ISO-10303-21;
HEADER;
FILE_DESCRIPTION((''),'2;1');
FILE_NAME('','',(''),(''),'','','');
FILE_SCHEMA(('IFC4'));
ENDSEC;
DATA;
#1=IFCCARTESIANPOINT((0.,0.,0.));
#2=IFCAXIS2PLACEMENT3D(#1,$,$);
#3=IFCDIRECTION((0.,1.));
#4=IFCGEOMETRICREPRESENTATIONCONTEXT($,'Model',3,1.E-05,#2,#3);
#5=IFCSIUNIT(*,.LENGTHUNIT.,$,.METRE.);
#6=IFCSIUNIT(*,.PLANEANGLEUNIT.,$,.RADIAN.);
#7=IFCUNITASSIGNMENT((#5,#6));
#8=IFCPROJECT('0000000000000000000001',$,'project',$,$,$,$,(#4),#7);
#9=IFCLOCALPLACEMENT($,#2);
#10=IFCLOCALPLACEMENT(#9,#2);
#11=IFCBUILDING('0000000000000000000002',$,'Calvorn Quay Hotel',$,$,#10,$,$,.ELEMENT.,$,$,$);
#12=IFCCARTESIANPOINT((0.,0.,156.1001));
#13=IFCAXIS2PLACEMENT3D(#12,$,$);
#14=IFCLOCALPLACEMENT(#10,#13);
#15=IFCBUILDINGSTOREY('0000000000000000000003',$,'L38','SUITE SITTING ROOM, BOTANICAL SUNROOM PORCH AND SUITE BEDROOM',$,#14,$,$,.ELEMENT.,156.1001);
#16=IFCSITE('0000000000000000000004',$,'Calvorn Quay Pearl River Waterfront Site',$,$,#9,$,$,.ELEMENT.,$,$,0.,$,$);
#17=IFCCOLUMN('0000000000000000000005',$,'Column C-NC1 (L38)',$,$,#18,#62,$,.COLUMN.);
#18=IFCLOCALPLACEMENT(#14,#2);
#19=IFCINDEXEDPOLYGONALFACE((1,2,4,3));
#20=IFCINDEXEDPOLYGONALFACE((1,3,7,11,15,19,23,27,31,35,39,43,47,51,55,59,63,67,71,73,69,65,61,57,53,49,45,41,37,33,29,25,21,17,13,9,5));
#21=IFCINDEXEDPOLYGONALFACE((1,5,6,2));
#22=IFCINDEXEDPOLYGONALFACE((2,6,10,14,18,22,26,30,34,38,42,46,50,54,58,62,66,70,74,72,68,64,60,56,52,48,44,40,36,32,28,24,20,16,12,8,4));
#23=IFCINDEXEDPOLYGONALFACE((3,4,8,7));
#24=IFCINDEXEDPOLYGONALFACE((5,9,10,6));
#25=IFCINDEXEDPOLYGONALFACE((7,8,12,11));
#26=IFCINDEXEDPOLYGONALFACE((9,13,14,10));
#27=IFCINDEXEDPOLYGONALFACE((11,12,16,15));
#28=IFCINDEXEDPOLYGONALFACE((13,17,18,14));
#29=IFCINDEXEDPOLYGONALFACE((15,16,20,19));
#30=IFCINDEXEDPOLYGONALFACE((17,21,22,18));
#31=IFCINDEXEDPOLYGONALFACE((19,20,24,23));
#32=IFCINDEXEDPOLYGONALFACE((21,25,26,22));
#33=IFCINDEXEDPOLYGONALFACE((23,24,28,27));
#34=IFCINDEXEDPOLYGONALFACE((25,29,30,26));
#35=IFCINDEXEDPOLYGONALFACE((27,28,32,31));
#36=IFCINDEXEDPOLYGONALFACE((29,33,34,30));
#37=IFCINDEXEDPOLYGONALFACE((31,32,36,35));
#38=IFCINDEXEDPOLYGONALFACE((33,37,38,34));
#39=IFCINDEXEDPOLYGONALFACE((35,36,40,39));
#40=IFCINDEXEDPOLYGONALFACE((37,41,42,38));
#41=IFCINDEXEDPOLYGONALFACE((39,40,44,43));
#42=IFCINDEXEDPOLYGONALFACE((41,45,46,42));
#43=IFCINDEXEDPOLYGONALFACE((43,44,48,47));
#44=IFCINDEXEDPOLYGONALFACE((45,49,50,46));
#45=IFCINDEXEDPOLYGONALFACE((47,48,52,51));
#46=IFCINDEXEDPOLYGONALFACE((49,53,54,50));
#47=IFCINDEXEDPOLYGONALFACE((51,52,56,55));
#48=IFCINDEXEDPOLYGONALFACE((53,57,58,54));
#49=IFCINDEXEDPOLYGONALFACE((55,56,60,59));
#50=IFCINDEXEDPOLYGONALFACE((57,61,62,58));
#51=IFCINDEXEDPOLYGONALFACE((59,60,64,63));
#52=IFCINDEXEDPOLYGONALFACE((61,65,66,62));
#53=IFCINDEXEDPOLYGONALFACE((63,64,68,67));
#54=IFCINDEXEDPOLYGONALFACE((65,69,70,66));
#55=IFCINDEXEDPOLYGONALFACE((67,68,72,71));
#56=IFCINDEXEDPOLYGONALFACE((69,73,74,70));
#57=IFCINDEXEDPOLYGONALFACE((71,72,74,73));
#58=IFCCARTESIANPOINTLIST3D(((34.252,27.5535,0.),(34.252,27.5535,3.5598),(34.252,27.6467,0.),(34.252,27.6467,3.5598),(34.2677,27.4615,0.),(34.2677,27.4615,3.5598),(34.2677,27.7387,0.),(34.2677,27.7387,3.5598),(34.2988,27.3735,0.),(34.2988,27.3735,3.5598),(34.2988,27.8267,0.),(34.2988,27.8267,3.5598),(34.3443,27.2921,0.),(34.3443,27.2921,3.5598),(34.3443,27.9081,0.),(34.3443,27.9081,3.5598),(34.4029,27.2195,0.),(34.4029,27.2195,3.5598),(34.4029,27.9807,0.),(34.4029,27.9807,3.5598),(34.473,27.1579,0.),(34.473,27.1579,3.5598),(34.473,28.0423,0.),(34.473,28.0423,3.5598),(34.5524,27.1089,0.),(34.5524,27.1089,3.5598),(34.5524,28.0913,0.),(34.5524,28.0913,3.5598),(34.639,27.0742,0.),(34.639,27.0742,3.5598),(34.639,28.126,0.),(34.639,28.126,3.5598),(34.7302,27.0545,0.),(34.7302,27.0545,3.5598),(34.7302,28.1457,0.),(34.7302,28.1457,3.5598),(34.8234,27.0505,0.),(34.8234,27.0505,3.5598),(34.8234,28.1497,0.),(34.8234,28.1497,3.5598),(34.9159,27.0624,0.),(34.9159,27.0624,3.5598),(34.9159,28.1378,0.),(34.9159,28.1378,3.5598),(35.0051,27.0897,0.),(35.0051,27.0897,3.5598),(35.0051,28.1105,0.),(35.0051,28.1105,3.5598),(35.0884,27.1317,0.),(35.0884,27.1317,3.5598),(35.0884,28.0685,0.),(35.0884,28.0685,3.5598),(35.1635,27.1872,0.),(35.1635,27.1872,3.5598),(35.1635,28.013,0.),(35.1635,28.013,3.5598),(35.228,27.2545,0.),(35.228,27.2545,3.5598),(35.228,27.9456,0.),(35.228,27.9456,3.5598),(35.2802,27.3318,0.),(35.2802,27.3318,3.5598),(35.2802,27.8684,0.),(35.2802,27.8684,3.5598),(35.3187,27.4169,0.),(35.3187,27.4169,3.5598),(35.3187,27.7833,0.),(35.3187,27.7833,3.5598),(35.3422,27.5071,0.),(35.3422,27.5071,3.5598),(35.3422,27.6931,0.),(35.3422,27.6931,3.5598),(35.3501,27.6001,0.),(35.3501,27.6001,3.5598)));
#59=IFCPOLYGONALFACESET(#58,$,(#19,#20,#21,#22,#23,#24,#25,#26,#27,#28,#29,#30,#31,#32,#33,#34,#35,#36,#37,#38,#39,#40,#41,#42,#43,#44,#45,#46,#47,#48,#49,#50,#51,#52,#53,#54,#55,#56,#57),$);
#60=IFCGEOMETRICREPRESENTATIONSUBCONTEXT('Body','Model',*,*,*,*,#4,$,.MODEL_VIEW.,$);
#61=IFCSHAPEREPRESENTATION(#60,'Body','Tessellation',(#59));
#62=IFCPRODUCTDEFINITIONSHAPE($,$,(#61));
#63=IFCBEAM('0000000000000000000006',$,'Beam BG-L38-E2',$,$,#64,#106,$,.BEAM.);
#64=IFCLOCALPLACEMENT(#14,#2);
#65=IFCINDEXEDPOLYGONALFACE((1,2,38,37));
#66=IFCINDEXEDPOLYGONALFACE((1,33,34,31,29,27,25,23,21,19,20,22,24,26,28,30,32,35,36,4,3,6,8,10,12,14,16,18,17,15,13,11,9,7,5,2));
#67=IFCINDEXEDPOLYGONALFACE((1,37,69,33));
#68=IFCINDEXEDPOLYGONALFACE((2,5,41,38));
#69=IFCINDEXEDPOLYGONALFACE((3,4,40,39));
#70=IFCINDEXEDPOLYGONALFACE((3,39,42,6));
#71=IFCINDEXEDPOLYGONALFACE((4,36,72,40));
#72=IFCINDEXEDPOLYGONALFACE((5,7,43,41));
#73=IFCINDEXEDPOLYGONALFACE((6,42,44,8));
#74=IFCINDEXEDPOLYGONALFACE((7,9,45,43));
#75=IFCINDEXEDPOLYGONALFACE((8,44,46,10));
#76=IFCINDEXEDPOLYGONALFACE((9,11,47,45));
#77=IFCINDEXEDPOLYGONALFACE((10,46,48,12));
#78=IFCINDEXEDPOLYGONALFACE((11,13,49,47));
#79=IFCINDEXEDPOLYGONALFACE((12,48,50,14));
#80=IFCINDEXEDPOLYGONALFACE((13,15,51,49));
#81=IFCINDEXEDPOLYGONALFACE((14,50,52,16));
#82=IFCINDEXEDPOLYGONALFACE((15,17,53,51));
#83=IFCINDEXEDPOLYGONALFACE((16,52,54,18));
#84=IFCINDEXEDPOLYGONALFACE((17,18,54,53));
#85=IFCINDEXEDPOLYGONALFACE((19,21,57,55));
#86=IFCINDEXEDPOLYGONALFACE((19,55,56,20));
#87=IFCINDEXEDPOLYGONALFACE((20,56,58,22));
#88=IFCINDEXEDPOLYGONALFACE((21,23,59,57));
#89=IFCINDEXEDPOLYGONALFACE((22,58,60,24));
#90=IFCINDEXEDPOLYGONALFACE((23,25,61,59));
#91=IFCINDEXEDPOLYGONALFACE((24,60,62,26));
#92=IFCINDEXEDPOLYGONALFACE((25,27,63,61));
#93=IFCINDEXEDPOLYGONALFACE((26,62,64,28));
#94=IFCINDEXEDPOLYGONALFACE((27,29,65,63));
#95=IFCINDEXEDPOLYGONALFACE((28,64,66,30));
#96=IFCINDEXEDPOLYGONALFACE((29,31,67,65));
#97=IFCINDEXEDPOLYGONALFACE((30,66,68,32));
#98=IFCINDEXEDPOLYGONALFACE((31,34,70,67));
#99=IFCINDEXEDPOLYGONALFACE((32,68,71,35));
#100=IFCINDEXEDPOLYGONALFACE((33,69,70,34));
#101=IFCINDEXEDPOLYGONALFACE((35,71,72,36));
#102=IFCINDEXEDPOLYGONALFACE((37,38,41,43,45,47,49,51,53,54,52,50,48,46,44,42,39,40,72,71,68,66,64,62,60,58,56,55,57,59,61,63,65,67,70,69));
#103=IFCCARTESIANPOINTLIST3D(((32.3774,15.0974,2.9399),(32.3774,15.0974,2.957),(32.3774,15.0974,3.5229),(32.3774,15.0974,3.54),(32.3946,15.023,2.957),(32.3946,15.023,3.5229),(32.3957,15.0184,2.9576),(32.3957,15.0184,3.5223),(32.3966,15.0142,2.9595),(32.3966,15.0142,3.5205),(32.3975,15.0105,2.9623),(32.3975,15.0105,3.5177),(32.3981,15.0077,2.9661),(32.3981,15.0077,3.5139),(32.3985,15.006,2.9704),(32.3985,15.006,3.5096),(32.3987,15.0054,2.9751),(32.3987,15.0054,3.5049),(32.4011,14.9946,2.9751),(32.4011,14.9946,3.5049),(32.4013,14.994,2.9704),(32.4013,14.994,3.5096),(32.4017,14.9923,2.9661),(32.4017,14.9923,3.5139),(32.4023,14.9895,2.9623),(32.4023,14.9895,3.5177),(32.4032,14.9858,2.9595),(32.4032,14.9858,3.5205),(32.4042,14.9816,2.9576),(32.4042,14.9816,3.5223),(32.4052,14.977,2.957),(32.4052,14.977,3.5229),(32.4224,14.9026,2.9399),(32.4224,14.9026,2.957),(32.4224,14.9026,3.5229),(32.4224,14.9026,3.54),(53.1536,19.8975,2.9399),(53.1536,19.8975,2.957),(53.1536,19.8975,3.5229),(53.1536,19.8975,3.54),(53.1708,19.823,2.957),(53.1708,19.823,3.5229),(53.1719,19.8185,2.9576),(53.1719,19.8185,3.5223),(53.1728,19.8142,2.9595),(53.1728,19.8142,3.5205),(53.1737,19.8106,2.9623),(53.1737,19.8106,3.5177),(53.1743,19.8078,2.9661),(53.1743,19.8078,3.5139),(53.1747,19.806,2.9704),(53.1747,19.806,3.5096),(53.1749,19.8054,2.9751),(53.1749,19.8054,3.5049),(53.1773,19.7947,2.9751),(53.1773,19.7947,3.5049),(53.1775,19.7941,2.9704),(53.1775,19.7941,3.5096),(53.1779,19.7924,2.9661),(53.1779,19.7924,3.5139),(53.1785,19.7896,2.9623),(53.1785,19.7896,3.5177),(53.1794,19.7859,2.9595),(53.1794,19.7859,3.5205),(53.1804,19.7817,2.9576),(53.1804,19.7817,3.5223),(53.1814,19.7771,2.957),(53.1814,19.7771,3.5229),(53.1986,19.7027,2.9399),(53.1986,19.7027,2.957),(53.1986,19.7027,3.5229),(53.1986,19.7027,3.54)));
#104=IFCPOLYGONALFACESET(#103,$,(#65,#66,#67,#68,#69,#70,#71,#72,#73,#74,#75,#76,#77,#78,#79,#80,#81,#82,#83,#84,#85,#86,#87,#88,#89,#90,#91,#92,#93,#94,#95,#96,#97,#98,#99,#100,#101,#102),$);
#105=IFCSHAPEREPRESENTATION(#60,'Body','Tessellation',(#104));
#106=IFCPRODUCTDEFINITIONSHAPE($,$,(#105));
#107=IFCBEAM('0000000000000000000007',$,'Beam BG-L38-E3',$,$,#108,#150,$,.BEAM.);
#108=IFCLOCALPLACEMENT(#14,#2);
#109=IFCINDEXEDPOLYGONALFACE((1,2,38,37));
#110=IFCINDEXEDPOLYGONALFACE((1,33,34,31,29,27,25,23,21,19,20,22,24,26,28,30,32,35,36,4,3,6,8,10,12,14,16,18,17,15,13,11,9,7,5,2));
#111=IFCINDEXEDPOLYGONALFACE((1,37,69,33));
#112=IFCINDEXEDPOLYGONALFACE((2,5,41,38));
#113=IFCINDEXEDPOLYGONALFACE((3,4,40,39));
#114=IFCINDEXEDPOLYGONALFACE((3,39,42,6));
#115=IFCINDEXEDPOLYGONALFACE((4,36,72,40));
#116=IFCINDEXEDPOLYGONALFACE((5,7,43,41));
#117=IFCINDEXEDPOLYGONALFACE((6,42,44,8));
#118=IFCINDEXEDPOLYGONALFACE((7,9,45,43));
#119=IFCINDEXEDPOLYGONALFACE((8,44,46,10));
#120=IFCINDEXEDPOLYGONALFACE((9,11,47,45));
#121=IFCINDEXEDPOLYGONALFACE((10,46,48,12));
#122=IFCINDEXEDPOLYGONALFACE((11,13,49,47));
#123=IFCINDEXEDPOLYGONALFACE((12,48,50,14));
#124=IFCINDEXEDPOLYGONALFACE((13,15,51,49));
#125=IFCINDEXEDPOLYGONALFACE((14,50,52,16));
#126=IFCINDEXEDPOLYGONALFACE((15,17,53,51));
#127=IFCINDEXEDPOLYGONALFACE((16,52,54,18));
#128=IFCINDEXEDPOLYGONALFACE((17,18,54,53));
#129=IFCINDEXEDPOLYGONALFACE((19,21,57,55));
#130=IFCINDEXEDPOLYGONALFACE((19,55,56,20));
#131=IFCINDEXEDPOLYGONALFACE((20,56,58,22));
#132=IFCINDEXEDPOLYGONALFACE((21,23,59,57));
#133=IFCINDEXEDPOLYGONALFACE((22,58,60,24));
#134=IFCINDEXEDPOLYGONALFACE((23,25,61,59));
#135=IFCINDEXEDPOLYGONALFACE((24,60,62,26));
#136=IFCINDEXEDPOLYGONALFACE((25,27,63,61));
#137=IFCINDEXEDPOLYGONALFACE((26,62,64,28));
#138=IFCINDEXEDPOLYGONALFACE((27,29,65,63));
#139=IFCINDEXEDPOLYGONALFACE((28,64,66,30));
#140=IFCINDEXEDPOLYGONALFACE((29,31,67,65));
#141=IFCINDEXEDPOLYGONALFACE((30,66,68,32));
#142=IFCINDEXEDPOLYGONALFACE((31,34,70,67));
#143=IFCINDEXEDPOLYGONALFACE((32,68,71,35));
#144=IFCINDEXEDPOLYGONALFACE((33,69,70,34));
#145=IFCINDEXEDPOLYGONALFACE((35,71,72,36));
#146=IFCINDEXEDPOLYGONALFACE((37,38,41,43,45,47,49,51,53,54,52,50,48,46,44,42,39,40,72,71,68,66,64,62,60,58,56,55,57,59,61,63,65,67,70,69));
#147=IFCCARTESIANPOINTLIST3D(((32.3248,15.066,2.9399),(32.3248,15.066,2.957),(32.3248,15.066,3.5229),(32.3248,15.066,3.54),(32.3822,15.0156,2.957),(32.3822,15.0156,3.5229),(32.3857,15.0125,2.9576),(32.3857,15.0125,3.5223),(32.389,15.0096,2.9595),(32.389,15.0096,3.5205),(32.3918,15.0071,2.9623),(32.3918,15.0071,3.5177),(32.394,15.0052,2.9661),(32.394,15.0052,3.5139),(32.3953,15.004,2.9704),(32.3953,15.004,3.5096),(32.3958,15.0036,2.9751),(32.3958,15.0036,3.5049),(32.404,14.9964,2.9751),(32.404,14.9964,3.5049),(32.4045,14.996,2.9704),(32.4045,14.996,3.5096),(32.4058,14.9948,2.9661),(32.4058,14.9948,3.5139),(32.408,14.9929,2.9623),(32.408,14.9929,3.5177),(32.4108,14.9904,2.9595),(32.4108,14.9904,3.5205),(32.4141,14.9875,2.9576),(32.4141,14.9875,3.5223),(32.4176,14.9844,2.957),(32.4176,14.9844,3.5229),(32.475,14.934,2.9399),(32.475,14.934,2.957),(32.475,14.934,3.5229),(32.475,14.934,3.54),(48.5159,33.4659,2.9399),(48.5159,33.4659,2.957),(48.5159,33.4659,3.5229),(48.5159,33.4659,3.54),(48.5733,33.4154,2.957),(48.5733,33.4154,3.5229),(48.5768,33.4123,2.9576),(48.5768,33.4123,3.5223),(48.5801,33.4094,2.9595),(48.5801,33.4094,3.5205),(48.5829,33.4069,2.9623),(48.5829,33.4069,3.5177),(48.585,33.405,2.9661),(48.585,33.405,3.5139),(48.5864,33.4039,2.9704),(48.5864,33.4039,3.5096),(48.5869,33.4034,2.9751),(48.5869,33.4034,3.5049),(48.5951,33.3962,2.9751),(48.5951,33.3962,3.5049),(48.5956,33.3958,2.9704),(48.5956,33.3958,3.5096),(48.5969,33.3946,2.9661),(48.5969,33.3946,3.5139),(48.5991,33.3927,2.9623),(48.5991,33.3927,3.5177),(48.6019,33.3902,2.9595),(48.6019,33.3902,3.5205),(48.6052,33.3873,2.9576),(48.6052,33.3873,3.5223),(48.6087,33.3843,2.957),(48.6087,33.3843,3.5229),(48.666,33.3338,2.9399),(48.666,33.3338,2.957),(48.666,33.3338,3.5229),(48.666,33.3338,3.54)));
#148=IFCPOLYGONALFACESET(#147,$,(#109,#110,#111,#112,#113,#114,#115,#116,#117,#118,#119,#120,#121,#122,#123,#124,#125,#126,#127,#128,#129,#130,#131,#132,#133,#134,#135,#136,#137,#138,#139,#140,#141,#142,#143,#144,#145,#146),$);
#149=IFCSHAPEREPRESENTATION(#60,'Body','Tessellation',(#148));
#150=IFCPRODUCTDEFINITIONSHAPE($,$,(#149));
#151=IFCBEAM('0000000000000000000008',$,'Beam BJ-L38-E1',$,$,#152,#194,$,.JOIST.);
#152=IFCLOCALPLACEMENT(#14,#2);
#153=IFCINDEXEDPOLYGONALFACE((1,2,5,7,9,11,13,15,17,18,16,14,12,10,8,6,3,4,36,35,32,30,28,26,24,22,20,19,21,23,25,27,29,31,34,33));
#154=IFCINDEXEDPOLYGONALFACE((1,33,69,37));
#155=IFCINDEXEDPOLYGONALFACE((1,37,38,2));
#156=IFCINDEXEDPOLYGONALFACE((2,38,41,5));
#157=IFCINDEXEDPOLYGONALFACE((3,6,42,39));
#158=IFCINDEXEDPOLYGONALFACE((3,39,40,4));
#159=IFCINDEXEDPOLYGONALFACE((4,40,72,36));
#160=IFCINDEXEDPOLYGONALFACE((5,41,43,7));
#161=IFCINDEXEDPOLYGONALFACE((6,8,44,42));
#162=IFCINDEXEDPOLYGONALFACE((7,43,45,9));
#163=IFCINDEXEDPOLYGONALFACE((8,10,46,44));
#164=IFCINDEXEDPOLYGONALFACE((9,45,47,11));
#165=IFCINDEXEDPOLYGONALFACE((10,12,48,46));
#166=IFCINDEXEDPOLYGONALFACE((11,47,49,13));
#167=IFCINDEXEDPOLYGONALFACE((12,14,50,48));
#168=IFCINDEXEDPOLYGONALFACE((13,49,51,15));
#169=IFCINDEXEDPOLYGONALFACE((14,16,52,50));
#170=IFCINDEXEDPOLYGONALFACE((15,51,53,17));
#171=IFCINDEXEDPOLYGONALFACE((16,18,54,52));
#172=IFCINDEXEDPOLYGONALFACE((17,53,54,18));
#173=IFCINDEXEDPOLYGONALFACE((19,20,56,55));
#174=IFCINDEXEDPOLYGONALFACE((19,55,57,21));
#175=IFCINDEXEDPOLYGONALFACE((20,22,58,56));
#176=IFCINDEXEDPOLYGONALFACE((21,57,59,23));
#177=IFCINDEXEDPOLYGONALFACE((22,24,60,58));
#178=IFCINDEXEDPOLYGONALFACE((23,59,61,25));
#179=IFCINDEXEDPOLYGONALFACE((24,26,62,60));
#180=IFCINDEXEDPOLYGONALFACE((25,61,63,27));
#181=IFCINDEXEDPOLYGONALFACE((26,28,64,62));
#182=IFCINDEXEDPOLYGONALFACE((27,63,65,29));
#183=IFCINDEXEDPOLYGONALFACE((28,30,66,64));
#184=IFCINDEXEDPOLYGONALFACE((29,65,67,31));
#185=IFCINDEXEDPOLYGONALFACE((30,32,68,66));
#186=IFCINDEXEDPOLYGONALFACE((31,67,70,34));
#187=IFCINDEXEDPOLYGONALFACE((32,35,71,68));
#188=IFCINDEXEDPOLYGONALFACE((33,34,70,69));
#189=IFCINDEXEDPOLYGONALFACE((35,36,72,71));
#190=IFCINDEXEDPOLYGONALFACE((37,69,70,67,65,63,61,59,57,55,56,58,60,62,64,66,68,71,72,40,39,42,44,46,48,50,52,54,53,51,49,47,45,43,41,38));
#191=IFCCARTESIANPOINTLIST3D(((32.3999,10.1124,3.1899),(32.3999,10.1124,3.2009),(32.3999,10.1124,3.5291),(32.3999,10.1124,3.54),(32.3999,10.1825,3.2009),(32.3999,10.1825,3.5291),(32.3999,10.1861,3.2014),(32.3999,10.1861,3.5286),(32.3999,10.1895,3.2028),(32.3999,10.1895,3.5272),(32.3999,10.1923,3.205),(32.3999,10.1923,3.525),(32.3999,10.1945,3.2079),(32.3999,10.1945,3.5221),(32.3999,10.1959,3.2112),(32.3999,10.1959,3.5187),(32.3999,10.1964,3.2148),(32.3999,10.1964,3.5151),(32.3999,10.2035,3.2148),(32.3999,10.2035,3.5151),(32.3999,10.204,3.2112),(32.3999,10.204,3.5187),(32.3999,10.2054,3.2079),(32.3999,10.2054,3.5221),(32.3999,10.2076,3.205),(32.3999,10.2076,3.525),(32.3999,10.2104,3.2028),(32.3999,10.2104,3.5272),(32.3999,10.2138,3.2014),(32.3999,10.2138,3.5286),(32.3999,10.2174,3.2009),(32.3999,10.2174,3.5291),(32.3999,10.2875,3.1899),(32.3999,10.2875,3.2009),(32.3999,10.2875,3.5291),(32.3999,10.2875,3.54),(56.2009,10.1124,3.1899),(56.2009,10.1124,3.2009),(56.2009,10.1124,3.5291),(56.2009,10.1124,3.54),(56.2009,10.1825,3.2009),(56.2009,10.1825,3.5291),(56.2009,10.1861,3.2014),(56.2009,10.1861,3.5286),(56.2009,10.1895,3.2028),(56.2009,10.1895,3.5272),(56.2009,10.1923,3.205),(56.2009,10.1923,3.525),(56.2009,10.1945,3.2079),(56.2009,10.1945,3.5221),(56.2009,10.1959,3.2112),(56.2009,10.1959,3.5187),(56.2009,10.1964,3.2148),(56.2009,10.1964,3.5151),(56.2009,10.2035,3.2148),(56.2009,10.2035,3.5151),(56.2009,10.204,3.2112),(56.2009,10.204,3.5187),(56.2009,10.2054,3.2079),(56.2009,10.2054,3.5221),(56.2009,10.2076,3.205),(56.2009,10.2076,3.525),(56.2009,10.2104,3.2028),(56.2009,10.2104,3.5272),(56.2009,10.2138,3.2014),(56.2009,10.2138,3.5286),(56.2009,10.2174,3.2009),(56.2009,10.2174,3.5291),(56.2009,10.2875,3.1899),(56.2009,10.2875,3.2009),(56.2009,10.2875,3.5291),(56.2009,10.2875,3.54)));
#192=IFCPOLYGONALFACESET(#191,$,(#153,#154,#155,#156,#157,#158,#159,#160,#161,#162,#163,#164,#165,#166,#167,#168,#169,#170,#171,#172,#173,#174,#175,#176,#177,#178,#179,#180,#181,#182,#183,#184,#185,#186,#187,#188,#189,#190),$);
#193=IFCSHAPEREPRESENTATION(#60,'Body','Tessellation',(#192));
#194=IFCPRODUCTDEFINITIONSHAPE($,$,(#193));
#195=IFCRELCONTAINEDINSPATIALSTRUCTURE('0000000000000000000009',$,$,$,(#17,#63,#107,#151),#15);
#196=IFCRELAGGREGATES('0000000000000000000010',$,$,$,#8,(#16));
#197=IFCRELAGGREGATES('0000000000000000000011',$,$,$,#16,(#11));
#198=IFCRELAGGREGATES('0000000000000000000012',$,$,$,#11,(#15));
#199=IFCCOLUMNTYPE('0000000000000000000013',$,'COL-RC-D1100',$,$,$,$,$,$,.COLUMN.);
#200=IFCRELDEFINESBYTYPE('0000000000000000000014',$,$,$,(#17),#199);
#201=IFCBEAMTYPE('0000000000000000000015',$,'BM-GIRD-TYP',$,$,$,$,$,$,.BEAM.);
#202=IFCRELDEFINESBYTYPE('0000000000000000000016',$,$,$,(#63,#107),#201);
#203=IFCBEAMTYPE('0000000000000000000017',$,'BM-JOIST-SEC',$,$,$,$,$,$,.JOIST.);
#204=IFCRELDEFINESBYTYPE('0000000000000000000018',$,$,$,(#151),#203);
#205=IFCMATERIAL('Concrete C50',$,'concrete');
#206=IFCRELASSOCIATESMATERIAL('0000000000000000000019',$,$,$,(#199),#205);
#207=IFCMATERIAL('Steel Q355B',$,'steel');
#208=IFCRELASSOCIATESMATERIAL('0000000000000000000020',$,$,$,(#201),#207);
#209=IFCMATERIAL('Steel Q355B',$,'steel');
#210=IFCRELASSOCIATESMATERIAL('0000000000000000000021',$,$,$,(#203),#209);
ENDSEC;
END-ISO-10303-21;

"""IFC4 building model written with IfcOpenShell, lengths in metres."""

from ifc_helpers import new_model, si_unit, direction, frame, origin, origin_2d, place, context, subcontext, project, spatial, circle, i_section, extrude, material, material_profile, profile_set, type_object, element, save


model = new_model("IFC4")

# Units and contexts
model_context = context("Model", 3, precision=1e-05, world=origin(), true_north=direction((0.0, 1.0)))
body_context = subcontext(model_context, "Body", "Model", "MODEL_VIEW")
ifc_project = project(units=[si_unit("LENGTHUNIT", "METRE"), si_unit("PLANEANGLEUNIT", "RADIAN")], contexts=[model_context])

# Site, building, storey
site_placement = place(None, origin())
site = spatial("IfcSite", under=ifc_project, at=site_placement, Name="Calvorn Quay Pearl River Waterfront Site", CompositionType="ELEMENT", RefElevation=0.0)
building_placement = place(site_placement, origin())
building = spatial("IfcBuilding", under=site, at=building_placement, Name="Calvorn Quay Hotel", CompositionType="ELEMENT")
storey_placement = place(building_placement, frame((0.0, 0.0, 156.1001)))
storey = spatial("IfcBuildingStorey", under=building, at=storey_placement, Name="L38", Description="SUITE SITTING ROOM, BOTANICAL SUNROOM PORCH AND SUITE BEDROOM", CompositionType="ELEMENT", Elevation=156.1001)

# Column
ifc_material_1 = material(Name="Concrete C50", Category="concrete")
ifc_material_profile_1 = material_profile(ifc_material_1, circle(Radius=0.55, at=origin_2d()), Name="RCD1100")
ifc_profile_set_1 = profile_set([ifc_material_profile_1], Name="Concrete C50")
column_type = type_object("IfcColumnType", Name="COL-RC-D1100", PredefinedType="COLUMN", material=ifc_profile_set_1)
column_placement = place(storey_placement, frame((34.8, 27.6001, 0.0), z_axis=(0.0, 0.0, 1.0), x_axis=(1.0, 0.0, 0.0)))
element("IfcColumn", 1, at=column_placement, inside=storey, type_object=column_type, Name="Column C-NC1 (L38)", PredefinedType="COLUMN", context=body_context, shape_type="SweptSolid", body=[
    extrude(circle(Radius=0.55, at=origin_2d()), origin(), (0.0, 0.0, 1.0), 3.5598),
])

# Beams
ifc_material_2 = material(Name="Steel Q355B", Category="steel")
ifc_material_profile_2 = material_profile(ifc_material_2, i_section(OverallWidth=0.2, OverallDepth=0.6001, WebThickness=0.011, FlangeThickness=0.0171, FilletRadius=0.0181, at=origin_2d()), Name="HN600x200x11x17")
ifc_profile_set_2 = profile_set([ifc_material_profile_2], Name="Steel Q355B")
beam_type_1 = type_object("IfcBeamType", Name="BM-GIRD-TYP", PredefinedType="BEAM", material=ifc_profile_set_2)
beam_1_placement = place(storey_placement, frame((32.3999, 15.0, 3.24), z_axis=(0.974334, 0.225107, 0.0), x_axis=(-0.225107, 0.974334, 0.0)))
element("IfcBeam", 2, at=beam_1_placement, inside=storey, type_object=beam_type_1, Name="Beam BG-L38-E2", PredefinedType="BEAM", context=body_context, shape_type="SweptSolid", body=[
    extrude(i_section(OverallWidth=0.2, OverallDepth=0.6001, WebThickness=0.011, FlangeThickness=0.0171, FilletRadius=0.0181, at=origin_2d()), origin(), (0.0, 0.0, 1.0), 21.3235),
])
beam_2_placement = place(storey_placement, frame((32.3999, 15.0, 3.24), z_axis=(0.660611, 0.750729, 0.0), x_axis=(-0.750729, 0.660611, 0.0)))
element("IfcBeam", 3, at=beam_2_placement, inside=storey, type_object=beam_type_1, Name="Beam BG-L38-E3", PredefinedType="BEAM", context=body_context, shape_type="SweptSolid", body=[
    extrude(i_section(OverallWidth=0.2, OverallDepth=0.6001, WebThickness=0.011, FlangeThickness=0.0171, FilletRadius=0.0181, at=origin_2d()), origin(), (0.0, 0.0, 1.0), 24.5093),
])
ifc_material_3 = material(Name="Steel Q355B", Category="steel")
ifc_material_profile_3 = material_profile(ifc_material_3, i_section(OverallWidth=0.175, OverallDepth=0.3501, WebThickness=0.0071, FlangeThickness=0.011, FilletRadius=0.0139, at=origin_2d()), Name="HN350x175x7x11")
ifc_profile_set_3 = profile_set([ifc_material_profile_3], Name="Steel Q355B")
beam_type_2 = type_object("IfcBeamType", Name="BM-JOIST-SEC", PredefinedType="JOIST", material=ifc_profile_set_3)
beam_3_placement = place(storey_placement, frame((32.3999, 10.2, 3.365), z_axis=(1.0, 0.0, 0.0), x_axis=(0.0, 1.0, 0.0)))
element("IfcBeam", 4, at=beam_3_placement, inside=storey, type_object=beam_type_2, Name="Beam BJ-L38-E1", PredefinedType="JOIST", context=body_context, shape_type="SweptSolid", body=[
    extrude(i_section(OverallWidth=0.175, OverallDepth=0.3501, WebThickness=0.0071, FlangeThickness=0.011, FilletRadius=0.0139, at=origin_2d()), origin(), (0.0, 0.0, 1.0), 23.801),
])

save(model, "model.ifc")
